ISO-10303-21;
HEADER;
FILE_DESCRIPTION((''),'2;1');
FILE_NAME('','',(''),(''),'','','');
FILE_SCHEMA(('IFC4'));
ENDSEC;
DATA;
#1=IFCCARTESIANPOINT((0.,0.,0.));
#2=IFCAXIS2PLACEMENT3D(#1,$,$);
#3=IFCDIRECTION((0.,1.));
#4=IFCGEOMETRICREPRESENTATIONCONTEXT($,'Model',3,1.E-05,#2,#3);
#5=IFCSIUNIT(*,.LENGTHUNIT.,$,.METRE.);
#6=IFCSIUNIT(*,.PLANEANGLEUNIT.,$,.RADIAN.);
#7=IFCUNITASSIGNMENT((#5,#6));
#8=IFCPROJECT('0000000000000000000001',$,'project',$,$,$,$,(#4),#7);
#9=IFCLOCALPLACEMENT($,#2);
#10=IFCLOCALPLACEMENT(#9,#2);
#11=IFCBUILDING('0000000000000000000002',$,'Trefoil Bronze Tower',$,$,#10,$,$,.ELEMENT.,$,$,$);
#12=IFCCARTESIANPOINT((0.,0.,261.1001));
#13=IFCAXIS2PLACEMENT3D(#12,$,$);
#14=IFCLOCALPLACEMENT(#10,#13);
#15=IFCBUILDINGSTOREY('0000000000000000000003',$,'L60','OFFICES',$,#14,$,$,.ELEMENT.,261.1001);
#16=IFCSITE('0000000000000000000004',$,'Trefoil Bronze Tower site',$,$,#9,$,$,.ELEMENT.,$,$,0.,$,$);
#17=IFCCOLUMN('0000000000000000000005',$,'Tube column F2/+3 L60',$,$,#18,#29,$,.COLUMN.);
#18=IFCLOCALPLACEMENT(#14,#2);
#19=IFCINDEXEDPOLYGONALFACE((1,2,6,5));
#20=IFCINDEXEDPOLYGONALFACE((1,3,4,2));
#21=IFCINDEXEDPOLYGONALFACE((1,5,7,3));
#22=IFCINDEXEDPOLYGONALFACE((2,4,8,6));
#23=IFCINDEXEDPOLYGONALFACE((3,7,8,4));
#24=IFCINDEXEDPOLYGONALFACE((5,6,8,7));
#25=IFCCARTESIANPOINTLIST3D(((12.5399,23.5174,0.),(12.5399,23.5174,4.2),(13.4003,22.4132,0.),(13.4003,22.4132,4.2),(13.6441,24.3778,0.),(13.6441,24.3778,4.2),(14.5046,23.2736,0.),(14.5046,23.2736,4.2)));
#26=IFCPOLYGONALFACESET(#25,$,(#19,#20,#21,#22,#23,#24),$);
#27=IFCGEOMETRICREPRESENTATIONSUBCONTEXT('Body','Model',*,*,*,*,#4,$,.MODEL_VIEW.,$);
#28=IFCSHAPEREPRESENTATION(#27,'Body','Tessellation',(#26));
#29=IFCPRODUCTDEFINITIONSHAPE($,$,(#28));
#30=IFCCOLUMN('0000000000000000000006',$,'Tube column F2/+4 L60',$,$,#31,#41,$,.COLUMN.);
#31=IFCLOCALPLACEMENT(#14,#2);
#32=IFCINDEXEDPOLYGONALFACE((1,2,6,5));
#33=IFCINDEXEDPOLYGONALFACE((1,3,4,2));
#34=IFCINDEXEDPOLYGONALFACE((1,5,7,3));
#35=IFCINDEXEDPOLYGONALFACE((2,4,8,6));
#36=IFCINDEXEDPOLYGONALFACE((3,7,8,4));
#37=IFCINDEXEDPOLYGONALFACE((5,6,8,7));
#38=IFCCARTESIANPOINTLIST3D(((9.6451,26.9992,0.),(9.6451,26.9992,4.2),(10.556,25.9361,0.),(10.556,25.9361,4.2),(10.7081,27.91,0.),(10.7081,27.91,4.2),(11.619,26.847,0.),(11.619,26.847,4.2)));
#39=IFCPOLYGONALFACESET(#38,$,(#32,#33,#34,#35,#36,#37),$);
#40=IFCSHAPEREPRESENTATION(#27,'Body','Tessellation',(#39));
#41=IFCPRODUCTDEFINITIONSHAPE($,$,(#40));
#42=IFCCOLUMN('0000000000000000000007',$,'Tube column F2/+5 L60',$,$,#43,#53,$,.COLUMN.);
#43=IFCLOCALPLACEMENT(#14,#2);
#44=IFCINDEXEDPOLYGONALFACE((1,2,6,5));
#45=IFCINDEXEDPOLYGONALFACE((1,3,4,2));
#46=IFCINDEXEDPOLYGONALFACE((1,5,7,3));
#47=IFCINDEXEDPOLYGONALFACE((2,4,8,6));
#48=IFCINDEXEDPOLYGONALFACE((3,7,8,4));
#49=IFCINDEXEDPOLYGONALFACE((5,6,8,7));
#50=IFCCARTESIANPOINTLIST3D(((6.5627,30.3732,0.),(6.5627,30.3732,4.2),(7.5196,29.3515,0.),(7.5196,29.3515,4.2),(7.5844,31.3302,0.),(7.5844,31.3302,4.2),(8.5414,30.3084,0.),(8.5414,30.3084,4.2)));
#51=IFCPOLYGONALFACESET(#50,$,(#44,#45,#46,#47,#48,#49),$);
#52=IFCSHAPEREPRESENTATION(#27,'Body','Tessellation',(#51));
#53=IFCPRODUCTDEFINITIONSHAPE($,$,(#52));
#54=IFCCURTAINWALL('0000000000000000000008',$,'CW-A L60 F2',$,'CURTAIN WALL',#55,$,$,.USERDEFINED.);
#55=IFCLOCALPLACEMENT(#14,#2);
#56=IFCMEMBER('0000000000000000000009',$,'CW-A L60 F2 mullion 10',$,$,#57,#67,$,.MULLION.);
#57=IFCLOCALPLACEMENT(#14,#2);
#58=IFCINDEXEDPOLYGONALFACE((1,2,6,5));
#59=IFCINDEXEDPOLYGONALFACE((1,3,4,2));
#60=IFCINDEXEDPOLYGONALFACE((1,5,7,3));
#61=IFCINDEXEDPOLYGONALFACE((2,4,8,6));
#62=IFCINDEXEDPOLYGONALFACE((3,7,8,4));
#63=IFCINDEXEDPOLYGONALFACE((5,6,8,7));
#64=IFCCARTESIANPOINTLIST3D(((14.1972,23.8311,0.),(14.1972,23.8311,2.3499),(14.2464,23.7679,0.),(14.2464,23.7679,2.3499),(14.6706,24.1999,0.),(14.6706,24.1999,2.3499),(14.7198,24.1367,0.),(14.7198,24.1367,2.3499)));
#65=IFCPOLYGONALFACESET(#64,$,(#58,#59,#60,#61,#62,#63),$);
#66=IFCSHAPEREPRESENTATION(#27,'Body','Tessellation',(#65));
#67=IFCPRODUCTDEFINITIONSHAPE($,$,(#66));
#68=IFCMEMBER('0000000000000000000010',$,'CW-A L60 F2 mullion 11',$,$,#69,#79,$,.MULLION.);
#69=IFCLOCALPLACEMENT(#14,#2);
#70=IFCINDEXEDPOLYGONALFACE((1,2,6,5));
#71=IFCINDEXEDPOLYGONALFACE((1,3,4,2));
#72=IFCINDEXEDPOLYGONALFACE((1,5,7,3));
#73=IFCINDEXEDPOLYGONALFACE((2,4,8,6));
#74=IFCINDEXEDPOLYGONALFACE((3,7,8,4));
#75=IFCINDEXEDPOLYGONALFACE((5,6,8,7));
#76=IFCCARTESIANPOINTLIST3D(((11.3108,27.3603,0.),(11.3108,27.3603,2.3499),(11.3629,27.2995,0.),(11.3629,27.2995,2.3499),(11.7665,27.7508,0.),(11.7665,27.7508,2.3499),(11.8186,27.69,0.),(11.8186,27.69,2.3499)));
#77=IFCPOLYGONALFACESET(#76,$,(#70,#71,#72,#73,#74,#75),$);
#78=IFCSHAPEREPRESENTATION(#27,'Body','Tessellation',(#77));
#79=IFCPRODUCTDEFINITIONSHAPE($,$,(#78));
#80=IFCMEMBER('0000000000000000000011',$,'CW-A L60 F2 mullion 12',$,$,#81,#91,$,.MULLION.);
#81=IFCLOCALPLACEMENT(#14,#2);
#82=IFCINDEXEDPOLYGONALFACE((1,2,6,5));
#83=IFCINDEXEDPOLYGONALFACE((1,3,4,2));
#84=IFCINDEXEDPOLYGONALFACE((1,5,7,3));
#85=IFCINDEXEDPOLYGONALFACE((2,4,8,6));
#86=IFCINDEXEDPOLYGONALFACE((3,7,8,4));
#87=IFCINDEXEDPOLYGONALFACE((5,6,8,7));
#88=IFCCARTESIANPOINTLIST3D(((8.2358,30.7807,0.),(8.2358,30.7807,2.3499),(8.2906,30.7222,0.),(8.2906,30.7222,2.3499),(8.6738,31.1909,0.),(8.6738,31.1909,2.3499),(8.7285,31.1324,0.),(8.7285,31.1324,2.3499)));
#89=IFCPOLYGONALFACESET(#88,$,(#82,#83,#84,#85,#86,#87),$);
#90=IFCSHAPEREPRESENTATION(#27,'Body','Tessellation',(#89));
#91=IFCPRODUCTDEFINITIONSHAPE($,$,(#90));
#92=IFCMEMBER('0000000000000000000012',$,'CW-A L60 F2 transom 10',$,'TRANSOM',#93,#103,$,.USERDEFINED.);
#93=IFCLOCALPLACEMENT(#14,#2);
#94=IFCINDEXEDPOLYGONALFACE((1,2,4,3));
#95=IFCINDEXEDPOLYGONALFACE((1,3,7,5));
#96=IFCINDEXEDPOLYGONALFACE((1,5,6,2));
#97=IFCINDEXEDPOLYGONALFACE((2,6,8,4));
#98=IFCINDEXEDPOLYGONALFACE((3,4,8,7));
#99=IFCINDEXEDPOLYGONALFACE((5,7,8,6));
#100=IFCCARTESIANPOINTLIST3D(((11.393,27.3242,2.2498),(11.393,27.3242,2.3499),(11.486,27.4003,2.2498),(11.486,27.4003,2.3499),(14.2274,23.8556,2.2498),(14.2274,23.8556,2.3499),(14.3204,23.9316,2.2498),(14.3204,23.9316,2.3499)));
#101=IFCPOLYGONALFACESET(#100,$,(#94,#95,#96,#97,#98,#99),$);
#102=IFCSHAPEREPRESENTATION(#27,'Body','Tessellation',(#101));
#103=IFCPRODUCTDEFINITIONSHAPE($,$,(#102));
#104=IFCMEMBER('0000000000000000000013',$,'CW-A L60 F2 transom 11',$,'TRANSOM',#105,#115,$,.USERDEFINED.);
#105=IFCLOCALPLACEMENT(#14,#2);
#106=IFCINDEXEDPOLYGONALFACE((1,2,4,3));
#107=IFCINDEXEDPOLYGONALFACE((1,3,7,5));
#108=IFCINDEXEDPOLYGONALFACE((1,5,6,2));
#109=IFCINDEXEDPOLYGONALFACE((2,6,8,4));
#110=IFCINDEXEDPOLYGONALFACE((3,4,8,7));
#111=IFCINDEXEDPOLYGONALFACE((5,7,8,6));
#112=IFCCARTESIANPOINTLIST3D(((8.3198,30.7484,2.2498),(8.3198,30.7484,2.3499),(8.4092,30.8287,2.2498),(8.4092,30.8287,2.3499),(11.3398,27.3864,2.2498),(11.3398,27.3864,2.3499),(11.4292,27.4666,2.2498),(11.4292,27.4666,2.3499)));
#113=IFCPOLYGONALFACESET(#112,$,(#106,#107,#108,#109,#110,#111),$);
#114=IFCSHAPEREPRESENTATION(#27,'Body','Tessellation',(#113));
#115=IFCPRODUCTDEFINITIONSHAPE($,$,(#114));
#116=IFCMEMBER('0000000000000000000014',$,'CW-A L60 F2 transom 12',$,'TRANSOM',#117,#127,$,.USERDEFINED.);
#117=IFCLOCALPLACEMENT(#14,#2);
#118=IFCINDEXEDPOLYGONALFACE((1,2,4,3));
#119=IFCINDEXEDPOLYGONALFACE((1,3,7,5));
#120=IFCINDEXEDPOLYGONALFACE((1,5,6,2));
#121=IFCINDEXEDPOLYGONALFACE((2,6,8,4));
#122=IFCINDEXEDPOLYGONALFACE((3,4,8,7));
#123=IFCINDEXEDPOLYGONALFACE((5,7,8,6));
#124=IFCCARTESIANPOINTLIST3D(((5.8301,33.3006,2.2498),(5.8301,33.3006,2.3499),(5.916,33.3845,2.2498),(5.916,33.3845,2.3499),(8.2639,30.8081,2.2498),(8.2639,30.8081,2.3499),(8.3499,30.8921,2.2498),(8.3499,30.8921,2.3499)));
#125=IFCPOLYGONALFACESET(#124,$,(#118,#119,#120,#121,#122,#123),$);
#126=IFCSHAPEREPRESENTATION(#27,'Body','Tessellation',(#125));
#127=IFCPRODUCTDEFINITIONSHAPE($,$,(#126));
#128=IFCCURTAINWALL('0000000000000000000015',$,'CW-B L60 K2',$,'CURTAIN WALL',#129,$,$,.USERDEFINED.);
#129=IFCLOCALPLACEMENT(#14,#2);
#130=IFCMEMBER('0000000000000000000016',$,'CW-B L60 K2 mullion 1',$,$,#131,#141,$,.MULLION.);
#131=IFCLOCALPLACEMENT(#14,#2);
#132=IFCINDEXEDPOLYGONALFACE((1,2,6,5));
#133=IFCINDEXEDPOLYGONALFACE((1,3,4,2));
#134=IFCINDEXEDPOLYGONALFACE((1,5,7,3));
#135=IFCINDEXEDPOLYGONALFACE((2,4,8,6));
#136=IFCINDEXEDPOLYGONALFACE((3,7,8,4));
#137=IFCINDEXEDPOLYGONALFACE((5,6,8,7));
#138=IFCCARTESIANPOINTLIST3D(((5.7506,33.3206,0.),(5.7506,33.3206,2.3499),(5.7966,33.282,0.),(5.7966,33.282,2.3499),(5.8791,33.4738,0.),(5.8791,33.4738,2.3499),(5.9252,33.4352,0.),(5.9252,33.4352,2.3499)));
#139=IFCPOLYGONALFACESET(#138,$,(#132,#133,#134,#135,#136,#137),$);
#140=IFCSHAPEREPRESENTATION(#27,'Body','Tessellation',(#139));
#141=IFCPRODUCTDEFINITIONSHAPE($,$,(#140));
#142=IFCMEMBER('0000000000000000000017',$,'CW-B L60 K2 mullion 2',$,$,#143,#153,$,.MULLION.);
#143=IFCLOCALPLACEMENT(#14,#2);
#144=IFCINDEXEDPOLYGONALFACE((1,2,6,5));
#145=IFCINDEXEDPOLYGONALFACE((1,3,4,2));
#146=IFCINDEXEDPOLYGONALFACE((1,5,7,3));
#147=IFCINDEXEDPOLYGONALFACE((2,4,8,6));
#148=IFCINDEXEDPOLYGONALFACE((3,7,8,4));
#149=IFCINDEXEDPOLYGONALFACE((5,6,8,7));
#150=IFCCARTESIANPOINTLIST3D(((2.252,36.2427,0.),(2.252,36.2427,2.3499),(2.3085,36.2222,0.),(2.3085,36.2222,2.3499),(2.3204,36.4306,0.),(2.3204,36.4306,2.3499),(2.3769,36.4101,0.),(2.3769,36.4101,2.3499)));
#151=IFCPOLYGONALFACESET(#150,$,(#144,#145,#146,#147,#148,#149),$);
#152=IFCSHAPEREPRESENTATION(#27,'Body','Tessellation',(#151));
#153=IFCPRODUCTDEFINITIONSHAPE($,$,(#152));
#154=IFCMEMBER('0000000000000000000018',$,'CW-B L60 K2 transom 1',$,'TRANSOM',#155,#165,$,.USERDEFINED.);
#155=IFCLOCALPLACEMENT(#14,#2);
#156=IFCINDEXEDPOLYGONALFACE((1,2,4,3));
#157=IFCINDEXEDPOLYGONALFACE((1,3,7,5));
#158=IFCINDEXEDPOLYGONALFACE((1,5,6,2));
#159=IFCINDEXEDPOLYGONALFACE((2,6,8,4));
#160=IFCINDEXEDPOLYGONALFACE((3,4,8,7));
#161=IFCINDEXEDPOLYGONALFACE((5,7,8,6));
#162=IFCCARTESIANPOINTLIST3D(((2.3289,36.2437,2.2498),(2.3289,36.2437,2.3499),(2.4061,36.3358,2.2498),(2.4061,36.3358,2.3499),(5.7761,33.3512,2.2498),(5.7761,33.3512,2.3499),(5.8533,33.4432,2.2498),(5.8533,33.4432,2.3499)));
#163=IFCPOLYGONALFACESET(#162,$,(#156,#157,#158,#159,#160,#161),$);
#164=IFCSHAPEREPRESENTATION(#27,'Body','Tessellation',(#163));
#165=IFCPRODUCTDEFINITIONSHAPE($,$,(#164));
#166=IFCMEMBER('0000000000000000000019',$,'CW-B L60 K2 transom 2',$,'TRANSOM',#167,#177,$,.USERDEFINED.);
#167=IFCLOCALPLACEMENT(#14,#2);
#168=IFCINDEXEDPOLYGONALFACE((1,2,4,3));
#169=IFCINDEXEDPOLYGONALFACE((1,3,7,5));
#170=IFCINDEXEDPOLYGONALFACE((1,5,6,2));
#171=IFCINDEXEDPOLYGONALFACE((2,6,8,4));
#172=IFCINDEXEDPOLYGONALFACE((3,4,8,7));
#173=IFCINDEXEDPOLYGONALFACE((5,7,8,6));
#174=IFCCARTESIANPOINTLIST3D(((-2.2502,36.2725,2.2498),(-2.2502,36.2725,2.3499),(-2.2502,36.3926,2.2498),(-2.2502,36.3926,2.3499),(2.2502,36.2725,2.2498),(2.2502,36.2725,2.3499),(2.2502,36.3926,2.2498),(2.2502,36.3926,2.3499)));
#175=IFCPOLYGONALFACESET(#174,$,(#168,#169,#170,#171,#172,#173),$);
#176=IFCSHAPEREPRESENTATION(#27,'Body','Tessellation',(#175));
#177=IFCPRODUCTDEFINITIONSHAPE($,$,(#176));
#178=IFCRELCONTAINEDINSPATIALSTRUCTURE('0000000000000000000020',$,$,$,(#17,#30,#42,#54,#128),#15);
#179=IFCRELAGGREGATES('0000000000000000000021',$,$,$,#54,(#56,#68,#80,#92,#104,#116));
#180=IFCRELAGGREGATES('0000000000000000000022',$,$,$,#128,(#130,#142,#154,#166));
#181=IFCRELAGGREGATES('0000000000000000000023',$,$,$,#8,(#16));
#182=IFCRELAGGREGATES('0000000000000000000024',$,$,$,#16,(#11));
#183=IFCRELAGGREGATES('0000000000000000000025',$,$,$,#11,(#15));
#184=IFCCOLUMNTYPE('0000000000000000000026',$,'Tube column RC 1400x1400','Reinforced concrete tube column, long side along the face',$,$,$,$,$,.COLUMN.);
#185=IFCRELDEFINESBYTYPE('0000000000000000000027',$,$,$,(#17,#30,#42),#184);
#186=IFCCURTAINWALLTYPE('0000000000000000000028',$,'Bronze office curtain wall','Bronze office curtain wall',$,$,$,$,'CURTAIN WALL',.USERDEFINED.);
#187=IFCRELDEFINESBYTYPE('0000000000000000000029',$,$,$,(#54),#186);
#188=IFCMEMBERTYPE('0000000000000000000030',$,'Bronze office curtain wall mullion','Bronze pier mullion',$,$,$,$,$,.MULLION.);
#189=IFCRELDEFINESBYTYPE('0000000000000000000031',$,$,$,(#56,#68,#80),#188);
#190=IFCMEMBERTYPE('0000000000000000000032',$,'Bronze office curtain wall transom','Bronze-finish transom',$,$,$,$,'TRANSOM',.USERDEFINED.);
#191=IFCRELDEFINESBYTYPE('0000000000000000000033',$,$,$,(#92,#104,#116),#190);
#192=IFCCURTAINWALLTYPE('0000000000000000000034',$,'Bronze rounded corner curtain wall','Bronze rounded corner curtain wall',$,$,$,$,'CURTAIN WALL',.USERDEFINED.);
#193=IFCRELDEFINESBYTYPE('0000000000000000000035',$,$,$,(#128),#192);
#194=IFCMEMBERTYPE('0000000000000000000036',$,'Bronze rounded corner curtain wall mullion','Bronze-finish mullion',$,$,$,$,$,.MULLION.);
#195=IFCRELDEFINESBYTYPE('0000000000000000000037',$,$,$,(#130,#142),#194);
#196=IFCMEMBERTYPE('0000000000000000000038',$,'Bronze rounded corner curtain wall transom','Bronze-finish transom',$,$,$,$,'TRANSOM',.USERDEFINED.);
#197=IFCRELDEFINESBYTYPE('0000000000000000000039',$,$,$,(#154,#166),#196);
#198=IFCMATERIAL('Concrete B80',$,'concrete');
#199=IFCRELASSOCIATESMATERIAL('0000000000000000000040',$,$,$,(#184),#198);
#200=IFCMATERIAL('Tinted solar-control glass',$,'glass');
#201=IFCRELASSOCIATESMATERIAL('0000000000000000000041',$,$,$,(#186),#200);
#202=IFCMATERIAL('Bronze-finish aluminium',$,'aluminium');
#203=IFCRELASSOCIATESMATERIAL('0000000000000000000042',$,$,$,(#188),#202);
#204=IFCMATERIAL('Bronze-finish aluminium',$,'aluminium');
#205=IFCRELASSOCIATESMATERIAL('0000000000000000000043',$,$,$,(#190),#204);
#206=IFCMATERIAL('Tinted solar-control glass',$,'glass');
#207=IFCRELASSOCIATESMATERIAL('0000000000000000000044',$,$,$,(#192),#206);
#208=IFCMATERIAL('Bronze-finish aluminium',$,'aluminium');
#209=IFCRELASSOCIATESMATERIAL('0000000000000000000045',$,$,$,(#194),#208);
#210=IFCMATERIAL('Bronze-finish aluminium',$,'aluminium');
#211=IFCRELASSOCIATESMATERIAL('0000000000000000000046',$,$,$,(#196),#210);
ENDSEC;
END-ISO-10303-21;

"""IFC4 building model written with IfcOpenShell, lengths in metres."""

from ifc_helpers import new_model, si_unit, direction, frame, origin, origin_2d, place, context, subcontext, project, spatial, rectangle, extrude, material, material_profile, profile_set, type_object, element, aggregate, save


model = new_model("IFC4")

# Units and contexts
model_context = context("Model", 3, precision=1e-05, world=origin(), true_north=direction((0.0, 1.0)))
body_context = subcontext(model_context, "Body", "Model", "MODEL_VIEW")
ifc_project = project(units=[si_unit("LENGTHUNIT", "METRE"), si_unit("PLANEANGLEUNIT", "RADIAN")], contexts=[model_context])

# Site, building, storey
site_placement = place(None, origin())
site = spatial("IfcSite", under=ifc_project, at=site_placement, Name="Trefoil Bronze Tower site", CompositionType="ELEMENT", RefElevation=0.0)
building_placement = place(site_placement, origin())
building = spatial("IfcBuilding", under=site, at=building_placement, Name="Trefoil Bronze Tower", CompositionType="ELEMENT")
storey_placement = place(building_placement, frame((0.0, 0.0, 261.1001)))
storey = spatial("IfcBuildingStorey", under=building, at=storey_placement, Name="L60", Description="OFFICES", CompositionType="ELEMENT", Elevation=261.1001)

# Columns
ifc_material_1 = material(Name="Concrete B80", Category="concrete")
ifc_material_profile_1 = material_profile(ifc_material_1, rectangle(XDim=1.3999, YDim=1.3999, at=origin_2d()), Name="RC 1400x1400")
ifc_profile_set_1 = profile_set([ifc_material_profile_1], Name="Concrete B80")
column_type = type_object("IfcColumnType", Name="Tube column RC 1400x1400", Description="Reinforced concrete tube column, long side along the face", PredefinedType="COLUMN", material=ifc_profile_set_1)
for number, where, z_axis, x_axis, name in (
    (1, (13.5222, 23.3955, 0.0), (0.0, 0.0, 1.0), (-0.614622, 0.788821, 0.0), "Tube column F2/+3 L60"),
    (2, (10.6321, 26.9231, 0.0), (0.0, 0.0, 1.0), (-0.650677, 0.759355, 0.0), "Tube column F2/+4 L60"),
    (3, (7.552, 30.3408, 0.0), (0.0, 0.0, 1.0), (-0.683597, 0.72986, 0.0), "Tube column F2/+5 L60"),
):
    element("IfcColumn", number, at=place(storey_placement, frame(where, z_axis=z_axis, x_axis=x_axis)), inside=storey, type_object=column_type, Name=name, PredefinedType="COLUMN", context=body_context, shape_type="SweptSolid", body=[
        extrude(rectangle(XDim=1.3999, YDim=1.3999, at=origin_2d()), origin(), (0.0, 0.0, 1.0), 4.2),
    ])

# Curtain walls, members
ifc_material_2 = material(Name="Tinted solar-control glass", Category="glass")
curtain_wall_type_1 = type_object("IfcCurtainWallType", Name="Bronze office curtain wall", Description="Bronze office curtain wall", ElementType="CURTAIN WALL", PredefinedType="USERDEFINED", material=ifc_material_2)
curtain_wall_1_placement = place(storey_placement, origin())
curtain_wall_1 = element("IfcCurtainWall", 4, at=curtain_wall_1_placement, inside=storey, type_object=curtain_wall_type_1, Name="CW-A L60 F2", ObjectType="CURTAIN WALL", PredefinedType="USERDEFINED")
ifc_material_3 = material(Name="Bronze-finish aluminium", Category="aluminium")
ifc_material_profile_2 = material_profile(ifc_material_3, rectangle(XDim=0.6001, YDim=0.0801, at=origin_2d()), Name="CW-A mullion")
ifc_profile_set_2 = profile_set([ifc_material_profile_2], Name="Bronze-finish aluminium")
member_type_1 = type_object("IfcMemberType", Name="Bronze office curtain wall mullion", Description="Bronze pier mullion", PredefinedType="MULLION", material=ifc_profile_set_2)
member_1_placement = place(storey_placement, frame((14.4585, 23.9839, 0.0), z_axis=(0.0, 0.0, 1.0), x_axis=(-0.788821, -0.614622, 0.0)))
member_1 = element("IfcMember", 5, at=member_1_placement, type_object=member_type_1, Name="CW-A L60 F2 mullion 10", PredefinedType="MULLION", context=body_context, shape_type="SweptSolid", body=[
    extrude(rectangle(XDim=0.6001, YDim=0.0801, at=origin_2d()), origin(), (0.0, 0.0, 1.0), 2.3499),
])
member_2_placement = place(storey_placement, frame((11.5647, 27.5251, 0.0), z_axis=(0.0, 0.0, 1.0), x_axis=(-0.759355, -0.650677, 0.0)))
member_2 = element("IfcMember", 6, at=member_2_placement, type_object=member_type_1, Name="CW-A L60 F2 mullion 11", PredefinedType="MULLION", context=body_context, shape_type="SweptSolid", body=[
    extrude(rectangle(XDim=0.6001, YDim=0.0801, at=origin_2d()), origin(), (0.0, 0.0, 1.0), 2.3499),
])
member_3_placement = place(storey_placement, frame((8.4822, 30.9565, 0.0), z_axis=(0.0, 0.0, 1.0), x_axis=(-0.72986, -0.683597, 0.0)))
member_3 = element("IfcMember", 7, at=member_3_placement, type_object=member_type_1, Name="CW-A L60 F2 mullion 12", PredefinedType="MULLION", context=body_context, shape_type="SweptSolid", body=[
    extrude(rectangle(XDim=0.6001, YDim=0.0801, at=origin_2d()), origin(), (0.0, 0.0, 1.0), 2.3499),
])
ifc_material_4 = material(Name="Bronze-finish aluminium", Category="aluminium")
ifc_material_profile_3 = material_profile(ifc_material_4, rectangle(XDim=0.1201, YDim=0.1001, at=origin_2d()), Name="CW-A transom")
ifc_profile_set_3 = profile_set([ifc_material_profile_3], Name="Bronze-finish aluminium")
member_type_2 = type_object("IfcMemberType", Name="Bronze office curtain wall transom", Description="Bronze-finish transom", ElementType="TRANSOM", PredefinedType="USERDEFINED", material=ifc_profile_set_3)
member_4_placement = place(storey_placement, frame((14.2739, 23.8936, 2.2998), z_axis=(-0.632757, 0.774351, 0.0), x_axis=(-0.774351, -0.632757, 0.0)))
member_4 = element("IfcMember", 8, at=member_4_placement, type_object=member_type_2, Name="CW-A L60 F2 transom 10", ObjectType="TRANSOM", PredefinedType="USERDEFINED", context=body_context, shape_type="SweptSolid", body=[
    extrude(rectangle(XDim=0.1201, YDim=0.1001, at=origin_2d()), origin(), (0.0, 0.0, 1.0), 4.4795),
])
member_5_placement = place(storey_placement, frame((11.3845, 27.4265, 2.2998), z_axis=(-0.668251, 0.743936, 0.0), x_axis=(-0.743936, -0.668251, 0.0)))
member_5 = element("IfcMember", 9, at=member_5_placement, type_object=member_type_2, Name="CW-A L60 F2 transom 11", ObjectType="TRANSOM", PredefinedType="USERDEFINED", context=body_context, shape_type="SweptSolid", body=[
    extrude(rectangle(XDim=0.1201, YDim=0.1001, at=origin_2d()), origin(), (0.0, 0.0, 1.0), 4.5193),
])
member_6_placement = place(storey_placement, frame((8.3069, 30.8501, 2.2998), z_axis=(-0.698647, 0.715467, 0.0), x_axis=(-0.715467, -0.698647, 0.0)))
member_6 = element("IfcMember", 10, at=member_6_placement, type_object=member_type_2, Name="CW-A L60 F2 transom 12", ObjectType="TRANSOM", PredefinedType="USERDEFINED", context=body_context, shape_type="SweptSolid", body=[
    extrude(rectangle(XDim=0.1201, YDim=0.1001, at=origin_2d()), origin(), (0.0, 0.0, 1.0), 3.4836),
])
ifc_material_5 = material(Name="Tinted solar-control glass", Category="glass")
curtain_wall_type_2 = type_object("IfcCurtainWallType", Name="Bronze rounded corner curtain wall", Description="Bronze rounded corner curtain wall", ElementType="CURTAIN WALL", PredefinedType="USERDEFINED", material=ifc_material_5)
curtain_wall_2_placement = place(storey_placement, origin())
curtain_wall_2 = element("IfcCurtainWall", 11, at=curtain_wall_2_placement, inside=storey, type_object=curtain_wall_type_2, Name="CW-B L60 K2", ObjectType="CURTAIN WALL", PredefinedType="USERDEFINED")
ifc_material_6 = material(Name="Bronze-finish aluminium", Category="aluminium")
ifc_material_profile_4 = material_profile(ifc_material_6, rectangle(XDim=0.2, YDim=0.0601, at=origin_2d()), Name="CW-B mullion")
ifc_profile_set_4 = profile_set([ifc_material_profile_4], Name="Bronze-finish aluminium")
member_type_3 = type_object("IfcMemberType", Name="Bronze rounded corner curtain wall mullion", Description="Bronze-finish mullion", PredefinedType="MULLION", material=ifc_profile_set_4)
member_7_placement = place(storey_placement, frame((5.8379, 33.3779, 0.0), z_axis=(0.0, 0.0, 1.0), x_axis=(-0.642788, -0.766044, 0.0)))
member_7 = element("IfcMember", 12, at=member_7_placement, type_object=member_type_3, Name="CW-B L60 K2 mullion 1", PredefinedType="MULLION", context=body_context, shape_type="SweptSolid", body=[
    extrude(rectangle(XDim=0.2, YDim=0.0601, at=origin_2d()), origin(), (0.0, 0.0, 1.0), 2.3499),
])
member_8_placement = place(storey_placement, frame((2.3145, 36.3264, 0.0), z_axis=(0.0, 0.0, 1.0), x_axis=(-0.34202, -0.939693, 0.0)))
member_8 = element("IfcMember", 13, at=member_8_placement, type_object=member_type_3, Name="CW-B L60 K2 mullion 2", PredefinedType="MULLION", context=body_context, shape_type="SweptSolid", body=[
    extrude(rectangle(XDim=0.2, YDim=0.0601, at=origin_2d()), origin(), (0.0, 0.0, 1.0), 2.3499),
])
ifc_material_7 = material(Name="Bronze-finish aluminium", Category="aluminium")
ifc_material_profile_5 = material_profile(ifc_material_7, rectangle(XDim=0.1201, YDim=0.1001, at=origin_2d()), Name="CW-B transom")
ifc_profile_set_5 = profile_set([ifc_material_profile_5], Name="Bronze-finish aluminium")
member_type_4 = type_object("IfcMemberType", Name="Bronze rounded corner curtain wall transom", Description="Bronze-finish transom", ElementType="TRANSOM", PredefinedType="USERDEFINED", material=ifc_profile_set_5)
member_9_placement = place(storey_placement, frame((5.8147, 33.3972, 2.2998), z_axis=(-0.766047, 0.642785, 0.0), x_axis=(-0.642785, -0.766047, 0.0)))
member_9 = element("IfcMember", 14, at=member_9_placement, type_object=member_type_4, Name="CW-B L60 K2 transom 1", ObjectType="TRANSOM", PredefinedType="USERDEFINED", context=body_context, shape_type="SweptSolid", body=[
    extrude(rectangle(XDim=0.1201, YDim=0.1001, at=origin_2d()), origin(), (0.0, 0.0, 1.0), 4.5),
])
member_10_placement = place(storey_placement, frame((2.2502, 36.3325, 2.2998), z_axis=(-1.0, 0.0, 0.0), x_axis=(0.0, -1.0, 0.0)))
member_10 = element("IfcMember", 15, at=member_10_placement, type_object=member_type_4, Name="CW-B L60 K2 transom 2", ObjectType="TRANSOM", PredefinedType="USERDEFINED", context=body_context, shape_type="SweptSolid", body=[
    extrude(rectangle(XDim=0.1201, YDim=0.1001, at=origin_2d()), origin(), (0.0, 0.0, 1.0), 4.5005),
])

aggregate(curtain_wall_1, [member_1, member_2, member_3, member_4, member_5, member_6])
aggregate(curtain_wall_2, [member_7, member_8, member_9, member_10])

save(model, "model.ifc")
